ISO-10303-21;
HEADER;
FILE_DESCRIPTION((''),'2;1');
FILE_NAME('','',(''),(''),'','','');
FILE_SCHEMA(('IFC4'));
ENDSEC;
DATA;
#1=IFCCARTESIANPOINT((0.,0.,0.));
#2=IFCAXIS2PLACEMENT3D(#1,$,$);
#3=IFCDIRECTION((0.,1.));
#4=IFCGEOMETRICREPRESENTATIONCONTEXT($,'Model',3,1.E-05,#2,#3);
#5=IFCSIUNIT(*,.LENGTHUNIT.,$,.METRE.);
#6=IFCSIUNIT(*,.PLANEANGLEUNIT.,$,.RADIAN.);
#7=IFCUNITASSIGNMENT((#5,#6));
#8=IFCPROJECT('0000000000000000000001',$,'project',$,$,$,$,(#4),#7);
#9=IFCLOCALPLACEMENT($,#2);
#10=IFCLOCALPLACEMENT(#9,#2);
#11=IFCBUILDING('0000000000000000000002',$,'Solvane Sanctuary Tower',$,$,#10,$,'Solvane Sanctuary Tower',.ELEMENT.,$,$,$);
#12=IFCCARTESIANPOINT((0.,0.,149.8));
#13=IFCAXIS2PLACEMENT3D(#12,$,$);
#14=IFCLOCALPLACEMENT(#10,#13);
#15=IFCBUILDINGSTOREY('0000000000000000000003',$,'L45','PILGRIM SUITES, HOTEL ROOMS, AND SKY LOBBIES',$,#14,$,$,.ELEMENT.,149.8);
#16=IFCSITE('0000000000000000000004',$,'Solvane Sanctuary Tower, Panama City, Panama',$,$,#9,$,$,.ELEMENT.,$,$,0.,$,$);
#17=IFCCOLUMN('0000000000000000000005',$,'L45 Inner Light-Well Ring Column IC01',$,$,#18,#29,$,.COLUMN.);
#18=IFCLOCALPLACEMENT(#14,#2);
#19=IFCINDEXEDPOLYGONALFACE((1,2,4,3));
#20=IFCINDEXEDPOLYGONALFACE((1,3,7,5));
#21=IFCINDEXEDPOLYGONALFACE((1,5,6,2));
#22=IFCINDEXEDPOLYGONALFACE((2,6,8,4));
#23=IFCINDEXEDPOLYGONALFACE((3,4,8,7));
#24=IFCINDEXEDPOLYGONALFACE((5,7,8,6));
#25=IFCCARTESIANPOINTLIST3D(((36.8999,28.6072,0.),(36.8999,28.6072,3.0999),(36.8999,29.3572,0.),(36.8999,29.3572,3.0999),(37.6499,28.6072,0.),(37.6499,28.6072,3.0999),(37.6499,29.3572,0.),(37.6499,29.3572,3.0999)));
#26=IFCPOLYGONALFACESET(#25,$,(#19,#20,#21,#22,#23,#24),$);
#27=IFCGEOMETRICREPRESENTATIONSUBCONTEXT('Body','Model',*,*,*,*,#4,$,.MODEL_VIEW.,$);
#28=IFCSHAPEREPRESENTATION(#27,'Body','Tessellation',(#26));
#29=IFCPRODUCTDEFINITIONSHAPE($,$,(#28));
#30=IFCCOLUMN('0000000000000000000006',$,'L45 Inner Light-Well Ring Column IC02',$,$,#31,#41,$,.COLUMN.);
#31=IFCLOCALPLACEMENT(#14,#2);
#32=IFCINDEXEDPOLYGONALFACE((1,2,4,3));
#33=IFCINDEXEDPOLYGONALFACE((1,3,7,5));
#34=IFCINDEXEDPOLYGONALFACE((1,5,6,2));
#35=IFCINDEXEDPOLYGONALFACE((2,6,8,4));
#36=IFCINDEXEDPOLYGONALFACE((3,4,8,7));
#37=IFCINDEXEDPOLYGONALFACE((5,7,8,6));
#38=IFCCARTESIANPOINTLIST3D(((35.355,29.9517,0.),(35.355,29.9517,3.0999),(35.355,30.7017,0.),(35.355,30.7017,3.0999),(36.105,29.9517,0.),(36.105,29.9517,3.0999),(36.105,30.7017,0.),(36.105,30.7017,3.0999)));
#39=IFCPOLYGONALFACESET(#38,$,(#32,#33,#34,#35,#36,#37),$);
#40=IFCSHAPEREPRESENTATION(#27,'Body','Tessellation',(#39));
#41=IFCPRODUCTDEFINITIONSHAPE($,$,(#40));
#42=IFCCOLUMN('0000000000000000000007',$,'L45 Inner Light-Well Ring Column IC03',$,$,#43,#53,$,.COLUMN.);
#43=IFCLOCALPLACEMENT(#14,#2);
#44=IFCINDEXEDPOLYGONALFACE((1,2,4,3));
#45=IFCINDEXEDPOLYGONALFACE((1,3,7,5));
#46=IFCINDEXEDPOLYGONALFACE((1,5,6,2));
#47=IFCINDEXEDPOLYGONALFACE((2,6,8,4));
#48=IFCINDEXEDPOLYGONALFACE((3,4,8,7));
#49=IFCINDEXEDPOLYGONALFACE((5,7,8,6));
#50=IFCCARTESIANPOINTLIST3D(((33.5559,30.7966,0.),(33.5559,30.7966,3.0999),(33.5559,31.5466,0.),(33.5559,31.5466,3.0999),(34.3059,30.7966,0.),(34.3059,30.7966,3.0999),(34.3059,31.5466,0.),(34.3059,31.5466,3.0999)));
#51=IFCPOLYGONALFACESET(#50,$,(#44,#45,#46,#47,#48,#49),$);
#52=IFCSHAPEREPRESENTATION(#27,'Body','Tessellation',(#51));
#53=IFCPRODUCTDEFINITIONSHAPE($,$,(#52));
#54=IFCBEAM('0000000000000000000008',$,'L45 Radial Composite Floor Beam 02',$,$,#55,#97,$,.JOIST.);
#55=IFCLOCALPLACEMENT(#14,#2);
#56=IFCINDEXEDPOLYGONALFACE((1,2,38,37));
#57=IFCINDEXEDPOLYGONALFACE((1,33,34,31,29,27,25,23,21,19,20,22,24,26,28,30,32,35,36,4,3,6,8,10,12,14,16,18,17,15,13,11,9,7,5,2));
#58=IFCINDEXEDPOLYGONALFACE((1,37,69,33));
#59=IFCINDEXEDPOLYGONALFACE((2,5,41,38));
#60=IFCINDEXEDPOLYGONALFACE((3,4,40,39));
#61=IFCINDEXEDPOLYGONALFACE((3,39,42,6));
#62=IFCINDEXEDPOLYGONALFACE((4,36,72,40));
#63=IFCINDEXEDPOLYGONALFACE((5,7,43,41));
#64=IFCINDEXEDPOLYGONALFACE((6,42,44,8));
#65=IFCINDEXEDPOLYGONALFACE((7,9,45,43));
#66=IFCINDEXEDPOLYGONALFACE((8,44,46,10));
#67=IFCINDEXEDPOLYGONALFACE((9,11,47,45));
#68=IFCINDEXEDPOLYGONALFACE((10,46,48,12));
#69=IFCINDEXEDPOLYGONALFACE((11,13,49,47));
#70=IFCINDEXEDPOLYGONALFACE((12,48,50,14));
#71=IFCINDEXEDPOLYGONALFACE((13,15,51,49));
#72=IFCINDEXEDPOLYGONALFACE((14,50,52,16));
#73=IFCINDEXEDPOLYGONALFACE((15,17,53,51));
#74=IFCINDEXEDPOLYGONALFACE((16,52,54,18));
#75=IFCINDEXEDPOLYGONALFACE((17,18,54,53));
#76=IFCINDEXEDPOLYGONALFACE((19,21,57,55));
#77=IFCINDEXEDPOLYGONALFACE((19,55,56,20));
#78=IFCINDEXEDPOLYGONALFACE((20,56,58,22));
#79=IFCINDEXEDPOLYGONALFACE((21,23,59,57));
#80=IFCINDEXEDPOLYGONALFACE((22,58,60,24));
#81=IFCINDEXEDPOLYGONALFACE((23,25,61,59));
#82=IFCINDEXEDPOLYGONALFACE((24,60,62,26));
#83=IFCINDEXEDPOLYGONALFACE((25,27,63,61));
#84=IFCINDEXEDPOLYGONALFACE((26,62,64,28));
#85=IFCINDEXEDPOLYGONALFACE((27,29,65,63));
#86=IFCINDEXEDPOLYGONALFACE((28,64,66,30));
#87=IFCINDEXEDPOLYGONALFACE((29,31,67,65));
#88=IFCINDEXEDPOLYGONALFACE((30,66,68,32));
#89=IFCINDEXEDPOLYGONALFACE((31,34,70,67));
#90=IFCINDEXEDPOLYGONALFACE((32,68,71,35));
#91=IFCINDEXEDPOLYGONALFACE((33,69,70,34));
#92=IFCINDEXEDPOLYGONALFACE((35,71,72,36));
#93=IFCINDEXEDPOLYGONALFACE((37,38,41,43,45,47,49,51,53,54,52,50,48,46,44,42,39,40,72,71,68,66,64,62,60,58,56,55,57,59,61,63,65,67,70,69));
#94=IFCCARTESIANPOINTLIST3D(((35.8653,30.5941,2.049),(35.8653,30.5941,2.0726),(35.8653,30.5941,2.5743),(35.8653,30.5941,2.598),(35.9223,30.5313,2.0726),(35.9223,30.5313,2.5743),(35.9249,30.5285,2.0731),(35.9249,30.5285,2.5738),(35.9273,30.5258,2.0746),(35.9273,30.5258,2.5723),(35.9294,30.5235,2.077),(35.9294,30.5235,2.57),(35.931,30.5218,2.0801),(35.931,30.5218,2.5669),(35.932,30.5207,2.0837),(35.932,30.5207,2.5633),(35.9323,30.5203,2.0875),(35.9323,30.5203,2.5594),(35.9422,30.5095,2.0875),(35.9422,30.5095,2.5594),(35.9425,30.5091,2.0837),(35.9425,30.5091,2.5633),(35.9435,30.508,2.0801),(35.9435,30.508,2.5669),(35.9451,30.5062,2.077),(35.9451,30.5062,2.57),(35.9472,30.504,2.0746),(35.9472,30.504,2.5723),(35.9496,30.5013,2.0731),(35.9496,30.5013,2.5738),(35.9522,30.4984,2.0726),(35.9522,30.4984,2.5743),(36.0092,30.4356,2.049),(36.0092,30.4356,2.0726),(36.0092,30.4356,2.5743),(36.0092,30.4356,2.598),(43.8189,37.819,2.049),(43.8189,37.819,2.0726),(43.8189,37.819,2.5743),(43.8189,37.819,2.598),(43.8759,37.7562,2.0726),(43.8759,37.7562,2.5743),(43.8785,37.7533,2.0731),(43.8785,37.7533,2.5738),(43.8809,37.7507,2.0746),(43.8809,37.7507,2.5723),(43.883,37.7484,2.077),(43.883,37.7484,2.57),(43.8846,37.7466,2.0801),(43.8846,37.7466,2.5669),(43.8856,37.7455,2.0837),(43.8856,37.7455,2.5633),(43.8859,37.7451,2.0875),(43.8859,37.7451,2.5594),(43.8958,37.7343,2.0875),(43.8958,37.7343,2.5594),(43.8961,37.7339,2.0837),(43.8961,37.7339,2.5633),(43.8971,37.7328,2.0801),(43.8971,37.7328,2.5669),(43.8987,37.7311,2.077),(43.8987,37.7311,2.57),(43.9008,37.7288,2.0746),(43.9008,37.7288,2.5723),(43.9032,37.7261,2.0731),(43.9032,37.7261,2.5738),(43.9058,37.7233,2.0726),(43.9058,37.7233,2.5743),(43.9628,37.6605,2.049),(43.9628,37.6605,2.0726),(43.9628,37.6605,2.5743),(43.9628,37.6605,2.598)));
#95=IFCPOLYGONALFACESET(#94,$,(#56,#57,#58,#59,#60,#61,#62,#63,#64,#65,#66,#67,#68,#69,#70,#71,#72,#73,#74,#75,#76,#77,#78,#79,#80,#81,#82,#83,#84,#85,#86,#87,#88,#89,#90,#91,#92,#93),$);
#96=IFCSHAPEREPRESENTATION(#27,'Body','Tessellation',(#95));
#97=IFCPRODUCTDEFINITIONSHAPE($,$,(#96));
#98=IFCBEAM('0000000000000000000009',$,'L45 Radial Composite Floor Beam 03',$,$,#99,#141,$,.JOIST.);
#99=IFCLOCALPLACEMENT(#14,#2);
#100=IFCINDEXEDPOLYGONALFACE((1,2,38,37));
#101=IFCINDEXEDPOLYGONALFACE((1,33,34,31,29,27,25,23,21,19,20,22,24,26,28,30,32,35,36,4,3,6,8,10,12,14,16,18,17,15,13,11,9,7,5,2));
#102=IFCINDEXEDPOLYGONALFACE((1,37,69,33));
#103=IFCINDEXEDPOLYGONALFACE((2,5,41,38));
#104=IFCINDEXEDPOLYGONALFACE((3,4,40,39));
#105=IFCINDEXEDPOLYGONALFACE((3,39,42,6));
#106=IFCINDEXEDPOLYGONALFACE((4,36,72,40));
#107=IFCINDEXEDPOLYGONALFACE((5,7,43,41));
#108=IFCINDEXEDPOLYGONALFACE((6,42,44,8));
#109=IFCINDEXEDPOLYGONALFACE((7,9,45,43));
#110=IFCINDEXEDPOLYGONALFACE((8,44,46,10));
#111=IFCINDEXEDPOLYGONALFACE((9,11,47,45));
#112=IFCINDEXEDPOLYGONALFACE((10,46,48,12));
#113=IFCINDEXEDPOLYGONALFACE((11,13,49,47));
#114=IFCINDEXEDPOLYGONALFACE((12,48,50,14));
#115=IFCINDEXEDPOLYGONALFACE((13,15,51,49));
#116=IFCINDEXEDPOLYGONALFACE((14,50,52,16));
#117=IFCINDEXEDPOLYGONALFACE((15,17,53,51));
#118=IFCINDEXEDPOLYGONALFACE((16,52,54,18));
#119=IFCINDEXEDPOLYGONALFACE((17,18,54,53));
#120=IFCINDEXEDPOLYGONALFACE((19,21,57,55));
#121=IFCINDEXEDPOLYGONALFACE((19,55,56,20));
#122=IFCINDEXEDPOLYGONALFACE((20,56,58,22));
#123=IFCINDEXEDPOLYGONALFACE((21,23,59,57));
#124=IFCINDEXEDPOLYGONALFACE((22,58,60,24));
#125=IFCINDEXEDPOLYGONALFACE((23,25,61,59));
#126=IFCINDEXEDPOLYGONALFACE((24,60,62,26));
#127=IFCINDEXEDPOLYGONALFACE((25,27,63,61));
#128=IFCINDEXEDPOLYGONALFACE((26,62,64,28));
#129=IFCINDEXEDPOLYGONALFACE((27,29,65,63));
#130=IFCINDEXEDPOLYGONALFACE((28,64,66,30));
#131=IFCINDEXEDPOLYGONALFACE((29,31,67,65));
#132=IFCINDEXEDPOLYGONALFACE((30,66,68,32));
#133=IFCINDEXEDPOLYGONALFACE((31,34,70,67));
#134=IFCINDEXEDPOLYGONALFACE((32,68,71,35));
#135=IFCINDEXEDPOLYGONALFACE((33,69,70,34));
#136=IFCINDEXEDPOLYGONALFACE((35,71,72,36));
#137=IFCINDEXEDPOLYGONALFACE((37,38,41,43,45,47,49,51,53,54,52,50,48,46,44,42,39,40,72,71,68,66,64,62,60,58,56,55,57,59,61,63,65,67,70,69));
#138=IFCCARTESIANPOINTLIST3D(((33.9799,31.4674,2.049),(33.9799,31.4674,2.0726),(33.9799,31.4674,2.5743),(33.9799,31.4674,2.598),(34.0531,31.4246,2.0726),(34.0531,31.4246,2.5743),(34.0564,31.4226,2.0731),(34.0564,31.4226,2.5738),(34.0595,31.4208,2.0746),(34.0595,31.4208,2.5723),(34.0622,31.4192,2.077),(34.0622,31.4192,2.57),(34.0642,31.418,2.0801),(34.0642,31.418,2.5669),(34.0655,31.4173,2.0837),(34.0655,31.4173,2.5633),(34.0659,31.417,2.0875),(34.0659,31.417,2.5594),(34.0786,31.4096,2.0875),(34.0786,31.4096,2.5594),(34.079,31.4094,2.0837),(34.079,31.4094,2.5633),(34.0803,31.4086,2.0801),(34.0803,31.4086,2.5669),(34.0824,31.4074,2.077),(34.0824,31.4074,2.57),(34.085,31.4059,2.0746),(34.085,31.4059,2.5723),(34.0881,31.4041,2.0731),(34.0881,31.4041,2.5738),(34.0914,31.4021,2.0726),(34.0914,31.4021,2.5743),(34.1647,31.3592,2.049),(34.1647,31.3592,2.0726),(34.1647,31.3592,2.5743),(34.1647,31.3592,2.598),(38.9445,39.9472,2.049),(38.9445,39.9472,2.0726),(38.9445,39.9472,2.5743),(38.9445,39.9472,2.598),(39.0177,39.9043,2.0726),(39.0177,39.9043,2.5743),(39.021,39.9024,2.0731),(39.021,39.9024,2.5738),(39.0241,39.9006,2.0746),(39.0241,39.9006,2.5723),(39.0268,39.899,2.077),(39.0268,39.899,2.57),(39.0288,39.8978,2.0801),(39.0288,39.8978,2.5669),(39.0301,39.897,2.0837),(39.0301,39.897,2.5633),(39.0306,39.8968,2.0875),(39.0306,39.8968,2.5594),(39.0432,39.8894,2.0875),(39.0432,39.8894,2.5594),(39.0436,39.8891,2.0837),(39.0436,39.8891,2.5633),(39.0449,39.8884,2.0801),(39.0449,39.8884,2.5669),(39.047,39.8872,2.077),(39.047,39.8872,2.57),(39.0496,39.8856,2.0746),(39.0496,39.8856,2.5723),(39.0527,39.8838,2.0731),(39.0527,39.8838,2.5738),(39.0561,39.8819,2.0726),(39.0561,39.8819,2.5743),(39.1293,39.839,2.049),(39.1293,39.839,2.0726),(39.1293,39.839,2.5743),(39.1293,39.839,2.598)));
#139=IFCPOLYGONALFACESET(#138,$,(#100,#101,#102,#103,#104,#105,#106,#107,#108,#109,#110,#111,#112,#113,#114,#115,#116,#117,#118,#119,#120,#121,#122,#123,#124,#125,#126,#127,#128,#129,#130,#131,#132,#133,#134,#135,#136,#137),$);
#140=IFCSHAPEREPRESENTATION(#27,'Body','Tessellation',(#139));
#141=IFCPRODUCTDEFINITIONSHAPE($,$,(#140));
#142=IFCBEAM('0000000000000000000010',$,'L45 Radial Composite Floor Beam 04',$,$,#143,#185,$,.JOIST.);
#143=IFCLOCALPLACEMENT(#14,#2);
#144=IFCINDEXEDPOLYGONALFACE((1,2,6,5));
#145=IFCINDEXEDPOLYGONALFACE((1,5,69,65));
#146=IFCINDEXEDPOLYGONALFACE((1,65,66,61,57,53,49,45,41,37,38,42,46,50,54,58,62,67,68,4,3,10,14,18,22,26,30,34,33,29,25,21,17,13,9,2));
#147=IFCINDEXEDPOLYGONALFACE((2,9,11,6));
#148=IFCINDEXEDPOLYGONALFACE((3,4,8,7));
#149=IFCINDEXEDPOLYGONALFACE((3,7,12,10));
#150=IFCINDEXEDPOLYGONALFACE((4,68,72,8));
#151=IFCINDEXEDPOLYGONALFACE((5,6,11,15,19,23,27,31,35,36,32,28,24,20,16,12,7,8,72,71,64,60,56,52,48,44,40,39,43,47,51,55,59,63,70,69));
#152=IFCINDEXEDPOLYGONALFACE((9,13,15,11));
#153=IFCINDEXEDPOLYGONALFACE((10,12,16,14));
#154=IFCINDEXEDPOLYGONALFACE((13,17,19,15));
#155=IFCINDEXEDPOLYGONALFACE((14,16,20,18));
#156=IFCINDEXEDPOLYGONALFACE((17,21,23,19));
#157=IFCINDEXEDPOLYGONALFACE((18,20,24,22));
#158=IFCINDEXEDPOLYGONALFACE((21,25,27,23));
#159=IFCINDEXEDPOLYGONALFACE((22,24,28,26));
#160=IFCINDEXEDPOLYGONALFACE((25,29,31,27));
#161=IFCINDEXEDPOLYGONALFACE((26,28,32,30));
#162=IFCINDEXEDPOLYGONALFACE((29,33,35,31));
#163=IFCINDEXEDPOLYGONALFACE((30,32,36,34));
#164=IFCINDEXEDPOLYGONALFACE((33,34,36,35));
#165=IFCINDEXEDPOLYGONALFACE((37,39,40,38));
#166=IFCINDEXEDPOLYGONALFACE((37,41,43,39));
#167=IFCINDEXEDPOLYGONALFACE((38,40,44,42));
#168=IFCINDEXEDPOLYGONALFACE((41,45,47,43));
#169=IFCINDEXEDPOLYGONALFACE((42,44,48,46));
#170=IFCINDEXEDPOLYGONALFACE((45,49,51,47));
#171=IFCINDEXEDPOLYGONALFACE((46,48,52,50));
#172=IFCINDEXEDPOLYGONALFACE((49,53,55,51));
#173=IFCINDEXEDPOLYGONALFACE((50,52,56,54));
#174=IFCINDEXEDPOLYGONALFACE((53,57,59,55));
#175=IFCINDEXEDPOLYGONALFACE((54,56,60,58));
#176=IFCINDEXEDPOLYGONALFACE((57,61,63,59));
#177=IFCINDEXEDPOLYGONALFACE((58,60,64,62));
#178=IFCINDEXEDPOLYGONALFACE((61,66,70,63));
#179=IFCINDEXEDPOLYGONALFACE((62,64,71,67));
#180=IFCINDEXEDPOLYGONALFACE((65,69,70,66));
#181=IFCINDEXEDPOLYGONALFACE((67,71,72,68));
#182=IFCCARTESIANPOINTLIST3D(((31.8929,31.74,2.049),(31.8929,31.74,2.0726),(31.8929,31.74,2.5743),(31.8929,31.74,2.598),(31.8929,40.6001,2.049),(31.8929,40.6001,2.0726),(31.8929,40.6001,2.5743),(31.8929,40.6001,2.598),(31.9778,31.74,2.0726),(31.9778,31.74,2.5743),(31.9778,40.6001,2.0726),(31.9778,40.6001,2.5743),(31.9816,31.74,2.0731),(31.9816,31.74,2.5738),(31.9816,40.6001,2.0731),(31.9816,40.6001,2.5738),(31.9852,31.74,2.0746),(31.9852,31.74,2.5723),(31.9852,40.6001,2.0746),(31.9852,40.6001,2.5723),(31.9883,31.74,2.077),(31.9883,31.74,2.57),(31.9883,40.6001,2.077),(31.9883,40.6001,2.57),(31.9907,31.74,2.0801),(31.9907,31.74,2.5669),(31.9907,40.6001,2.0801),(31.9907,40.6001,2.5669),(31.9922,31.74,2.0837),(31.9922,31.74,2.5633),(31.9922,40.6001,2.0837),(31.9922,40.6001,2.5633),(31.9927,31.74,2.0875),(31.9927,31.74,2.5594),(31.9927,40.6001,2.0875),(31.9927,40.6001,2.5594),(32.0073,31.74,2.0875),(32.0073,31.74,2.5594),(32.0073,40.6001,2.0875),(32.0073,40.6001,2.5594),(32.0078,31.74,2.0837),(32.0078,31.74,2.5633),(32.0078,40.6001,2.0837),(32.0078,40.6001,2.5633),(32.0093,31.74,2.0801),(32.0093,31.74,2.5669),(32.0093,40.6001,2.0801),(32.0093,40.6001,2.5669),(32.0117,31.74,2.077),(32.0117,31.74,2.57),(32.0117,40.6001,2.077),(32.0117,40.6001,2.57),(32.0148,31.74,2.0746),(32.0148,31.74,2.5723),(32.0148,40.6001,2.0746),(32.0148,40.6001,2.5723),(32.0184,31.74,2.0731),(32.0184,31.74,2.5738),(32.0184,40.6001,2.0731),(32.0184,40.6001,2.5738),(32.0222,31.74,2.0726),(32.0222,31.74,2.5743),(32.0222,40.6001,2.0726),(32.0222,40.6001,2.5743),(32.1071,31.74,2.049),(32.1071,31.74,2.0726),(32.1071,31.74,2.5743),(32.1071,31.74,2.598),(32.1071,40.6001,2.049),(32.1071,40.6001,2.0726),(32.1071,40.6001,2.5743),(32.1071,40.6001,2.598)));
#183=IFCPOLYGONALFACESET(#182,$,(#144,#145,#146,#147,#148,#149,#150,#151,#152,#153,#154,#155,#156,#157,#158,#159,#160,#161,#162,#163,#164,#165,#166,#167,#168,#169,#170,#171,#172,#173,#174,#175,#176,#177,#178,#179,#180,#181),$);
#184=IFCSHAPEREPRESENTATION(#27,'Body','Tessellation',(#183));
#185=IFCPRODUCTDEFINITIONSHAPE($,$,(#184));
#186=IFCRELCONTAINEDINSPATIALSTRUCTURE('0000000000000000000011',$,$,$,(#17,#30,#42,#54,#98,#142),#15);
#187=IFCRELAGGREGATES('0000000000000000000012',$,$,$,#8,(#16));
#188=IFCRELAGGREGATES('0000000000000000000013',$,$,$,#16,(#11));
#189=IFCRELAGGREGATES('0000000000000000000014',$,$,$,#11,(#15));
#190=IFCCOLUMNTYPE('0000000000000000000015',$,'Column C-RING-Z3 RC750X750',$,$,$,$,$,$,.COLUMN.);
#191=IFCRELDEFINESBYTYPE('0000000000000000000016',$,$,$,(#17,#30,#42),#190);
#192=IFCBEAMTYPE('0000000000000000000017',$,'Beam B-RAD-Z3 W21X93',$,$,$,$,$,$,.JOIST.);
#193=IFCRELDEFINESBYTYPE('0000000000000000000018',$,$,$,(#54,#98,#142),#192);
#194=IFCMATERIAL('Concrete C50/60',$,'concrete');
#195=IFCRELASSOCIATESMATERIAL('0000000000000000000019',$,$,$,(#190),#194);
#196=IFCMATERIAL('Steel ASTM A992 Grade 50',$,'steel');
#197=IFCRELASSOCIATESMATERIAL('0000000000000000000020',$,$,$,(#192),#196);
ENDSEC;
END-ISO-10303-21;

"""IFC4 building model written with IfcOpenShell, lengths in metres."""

from ifc_helpers import new_model, si_unit, direction, frame, origin, origin_2d, place, context, subcontext, project, spatial, rectangle, i_section, extrude, material, material_profile, profile_set, type_object, element, save


model = new_model("IFC4")

# Units and contexts
model_context = context("Model", 3, precision=1e-05, world=origin(), true_north=direction((0.0, 1.0)))
body_context = subcontext(model_context, "Body", "Model", "MODEL_VIEW")
ifc_project = project(units=[si_unit("LENGTHUNIT", "METRE"), si_unit("PLANEANGLEUNIT", "RADIAN")], contexts=[model_context])

# Site, building, storey
site_placement = place(None, origin())
site = spatial("IfcSite", under=ifc_project, at=site_placement, Name="Solvane Sanctuary Tower, Panama City, Panama", CompositionType="ELEMENT", RefElevation=0.0)
building_placement = place(site_placement, origin())
building = spatial("IfcBuilding", under=site, at=building_placement, Name="Solvane Sanctuary Tower", LongName="Solvane Sanctuary Tower", CompositionType="ELEMENT")
storey_placement = place(building_placement, frame((0.0, 0.0, 149.8)))
storey = spatial("IfcBuildingStorey", under=building, at=storey_placement, Name="L45", Description="PILGRIM SUITES, HOTEL ROOMS, AND SKY LOBBIES", CompositionType="ELEMENT", Elevation=149.8)

# Columns
ifc_material_1 = material(Name="Concrete C50/60", Category="concrete")
ifc_material_profile_1 = material_profile(ifc_material_1, rectangle(XDim=0.75, YDim=0.75, at=origin_2d()), Name="RC750X750")
ifc_profile_set_1 = profile_set([ifc_material_profile_1], Name="Concrete C50/60")
column_type = type_object("IfcColumnType", Name="Column C-RING-Z3 RC750X750", PredefinedType="COLUMN", material=ifc_profile_set_1)
for number, where, z_axis, x_axis, name in (
    (1, (37.2749, 28.9822, 0.0), (0.0, 0.0, 1.0), (1.0, 0.0, 0.0), "L45 Inner Light-Well Ring Column IC01"),
    (2, (35.73, 30.3267, 0.0), (0.0, 0.0, 1.0), (1.0, 0.0, 0.0), "L45 Inner Light-Well Ring Column IC02"),
    (3, (33.9309, 31.1716, 0.0), (0.0, 0.0, 1.0), (1.0, 0.0, 0.0), "L45 Inner Light-Well Ring Column IC03"),
):
    element("IfcColumn", number, at=place(storey_placement, frame(where, z_axis=z_axis, x_axis=x_axis)), inside=storey, type_object=column_type, Name=name, PredefinedType="COLUMN", context=body_context, shape_type="SweptSolid", body=[
        extrude(rectangle(XDim=0.75, YDim=0.75, at=origin_2d()), origin(), (0.0, 0.0, 1.0), 3.0999),
    ])

# Beams
ifc_material_2 = material(Name="Steel ASTM A992 Grade 50", Category="steel")
ifc_material_profile_2 = material_profile(ifc_material_2, i_section(OverallWidth=0.2141, OverallDepth=0.5491, WebThickness=0.0146, FlangeThickness=0.0237, FilletRadius=0.0149, at=origin_2d()), Name="W21X93")
ifc_profile_set_2 = profile_set([ifc_material_profile_2], Name="Steel ASTM A992 Grade 50")
beam_type_1 = type_object("IfcBeamType", Name="Beam B-RAD-Z3 W21X93", PredefinedType="JOIST", material=ifc_profile_set_2)
beam_1_placement = place(storey_placement, frame((35.9373, 30.5149, 2.3235), z_axis=(0.740204, 0.672382, 0.0), x_axis=(-0.672382, 0.740204, 0.0)))
element("IfcBeam", 4, at=beam_1_placement, inside=storey, type_object=beam_type_1, Name="L45 Radial Composite Floor Beam 02", PredefinedType="JOIST", context=body_context, shape_type="SweptSolid", body=[
    extrude(i_section(OverallWidth=0.2141, OverallDepth=0.5491, WebThickness=0.0146, FlangeThickness=0.0237, FilletRadius=0.0149, at=origin_2d()), origin(), (0.0, 0.0, 1.0), 10.7451),
])
beam_2_placement = place(storey_placement, frame((34.0723, 31.4133, 2.3235), z_axis=(0.505244, 0.862977, 0.0), x_axis=(-0.862977, 0.505244, 0.0)))
element("IfcBeam", 5, at=beam_2_placement, inside=storey, type_object=beam_type_1, Name="L45 Radial Composite Floor Beam 03", PredefinedType="JOIST", context=body_context, shape_type="SweptSolid", body=[
    extrude(i_section(OverallWidth=0.2141, OverallDepth=0.5491, WebThickness=0.0146, FlangeThickness=0.0237, FilletRadius=0.0149, at=origin_2d()), origin(), (0.0, 0.0, 1.0), 9.8262),
])
beam_3_placement = place(storey_placement, frame((32.0, 31.74, 2.3235), z_axis=(0.0, 1.0, 0.0), x_axis=(-1.0, 0.0, 0.0)))
element("IfcBeam", 6, at=beam_3_placement, inside=storey, type_object=beam_type_1, Name="L45 Radial Composite Floor Beam 04", PredefinedType="JOIST", context=body_context, shape_type="SweptSolid", body=[
    extrude(i_section(OverallWidth=0.2141, OverallDepth=0.5491, WebThickness=0.0146, FlangeThickness=0.0237, FilletRadius=0.0149, at=origin_2d()), origin(), (0.0, 0.0, 1.0), 8.8601),
])

save(model, "model.ifc")
